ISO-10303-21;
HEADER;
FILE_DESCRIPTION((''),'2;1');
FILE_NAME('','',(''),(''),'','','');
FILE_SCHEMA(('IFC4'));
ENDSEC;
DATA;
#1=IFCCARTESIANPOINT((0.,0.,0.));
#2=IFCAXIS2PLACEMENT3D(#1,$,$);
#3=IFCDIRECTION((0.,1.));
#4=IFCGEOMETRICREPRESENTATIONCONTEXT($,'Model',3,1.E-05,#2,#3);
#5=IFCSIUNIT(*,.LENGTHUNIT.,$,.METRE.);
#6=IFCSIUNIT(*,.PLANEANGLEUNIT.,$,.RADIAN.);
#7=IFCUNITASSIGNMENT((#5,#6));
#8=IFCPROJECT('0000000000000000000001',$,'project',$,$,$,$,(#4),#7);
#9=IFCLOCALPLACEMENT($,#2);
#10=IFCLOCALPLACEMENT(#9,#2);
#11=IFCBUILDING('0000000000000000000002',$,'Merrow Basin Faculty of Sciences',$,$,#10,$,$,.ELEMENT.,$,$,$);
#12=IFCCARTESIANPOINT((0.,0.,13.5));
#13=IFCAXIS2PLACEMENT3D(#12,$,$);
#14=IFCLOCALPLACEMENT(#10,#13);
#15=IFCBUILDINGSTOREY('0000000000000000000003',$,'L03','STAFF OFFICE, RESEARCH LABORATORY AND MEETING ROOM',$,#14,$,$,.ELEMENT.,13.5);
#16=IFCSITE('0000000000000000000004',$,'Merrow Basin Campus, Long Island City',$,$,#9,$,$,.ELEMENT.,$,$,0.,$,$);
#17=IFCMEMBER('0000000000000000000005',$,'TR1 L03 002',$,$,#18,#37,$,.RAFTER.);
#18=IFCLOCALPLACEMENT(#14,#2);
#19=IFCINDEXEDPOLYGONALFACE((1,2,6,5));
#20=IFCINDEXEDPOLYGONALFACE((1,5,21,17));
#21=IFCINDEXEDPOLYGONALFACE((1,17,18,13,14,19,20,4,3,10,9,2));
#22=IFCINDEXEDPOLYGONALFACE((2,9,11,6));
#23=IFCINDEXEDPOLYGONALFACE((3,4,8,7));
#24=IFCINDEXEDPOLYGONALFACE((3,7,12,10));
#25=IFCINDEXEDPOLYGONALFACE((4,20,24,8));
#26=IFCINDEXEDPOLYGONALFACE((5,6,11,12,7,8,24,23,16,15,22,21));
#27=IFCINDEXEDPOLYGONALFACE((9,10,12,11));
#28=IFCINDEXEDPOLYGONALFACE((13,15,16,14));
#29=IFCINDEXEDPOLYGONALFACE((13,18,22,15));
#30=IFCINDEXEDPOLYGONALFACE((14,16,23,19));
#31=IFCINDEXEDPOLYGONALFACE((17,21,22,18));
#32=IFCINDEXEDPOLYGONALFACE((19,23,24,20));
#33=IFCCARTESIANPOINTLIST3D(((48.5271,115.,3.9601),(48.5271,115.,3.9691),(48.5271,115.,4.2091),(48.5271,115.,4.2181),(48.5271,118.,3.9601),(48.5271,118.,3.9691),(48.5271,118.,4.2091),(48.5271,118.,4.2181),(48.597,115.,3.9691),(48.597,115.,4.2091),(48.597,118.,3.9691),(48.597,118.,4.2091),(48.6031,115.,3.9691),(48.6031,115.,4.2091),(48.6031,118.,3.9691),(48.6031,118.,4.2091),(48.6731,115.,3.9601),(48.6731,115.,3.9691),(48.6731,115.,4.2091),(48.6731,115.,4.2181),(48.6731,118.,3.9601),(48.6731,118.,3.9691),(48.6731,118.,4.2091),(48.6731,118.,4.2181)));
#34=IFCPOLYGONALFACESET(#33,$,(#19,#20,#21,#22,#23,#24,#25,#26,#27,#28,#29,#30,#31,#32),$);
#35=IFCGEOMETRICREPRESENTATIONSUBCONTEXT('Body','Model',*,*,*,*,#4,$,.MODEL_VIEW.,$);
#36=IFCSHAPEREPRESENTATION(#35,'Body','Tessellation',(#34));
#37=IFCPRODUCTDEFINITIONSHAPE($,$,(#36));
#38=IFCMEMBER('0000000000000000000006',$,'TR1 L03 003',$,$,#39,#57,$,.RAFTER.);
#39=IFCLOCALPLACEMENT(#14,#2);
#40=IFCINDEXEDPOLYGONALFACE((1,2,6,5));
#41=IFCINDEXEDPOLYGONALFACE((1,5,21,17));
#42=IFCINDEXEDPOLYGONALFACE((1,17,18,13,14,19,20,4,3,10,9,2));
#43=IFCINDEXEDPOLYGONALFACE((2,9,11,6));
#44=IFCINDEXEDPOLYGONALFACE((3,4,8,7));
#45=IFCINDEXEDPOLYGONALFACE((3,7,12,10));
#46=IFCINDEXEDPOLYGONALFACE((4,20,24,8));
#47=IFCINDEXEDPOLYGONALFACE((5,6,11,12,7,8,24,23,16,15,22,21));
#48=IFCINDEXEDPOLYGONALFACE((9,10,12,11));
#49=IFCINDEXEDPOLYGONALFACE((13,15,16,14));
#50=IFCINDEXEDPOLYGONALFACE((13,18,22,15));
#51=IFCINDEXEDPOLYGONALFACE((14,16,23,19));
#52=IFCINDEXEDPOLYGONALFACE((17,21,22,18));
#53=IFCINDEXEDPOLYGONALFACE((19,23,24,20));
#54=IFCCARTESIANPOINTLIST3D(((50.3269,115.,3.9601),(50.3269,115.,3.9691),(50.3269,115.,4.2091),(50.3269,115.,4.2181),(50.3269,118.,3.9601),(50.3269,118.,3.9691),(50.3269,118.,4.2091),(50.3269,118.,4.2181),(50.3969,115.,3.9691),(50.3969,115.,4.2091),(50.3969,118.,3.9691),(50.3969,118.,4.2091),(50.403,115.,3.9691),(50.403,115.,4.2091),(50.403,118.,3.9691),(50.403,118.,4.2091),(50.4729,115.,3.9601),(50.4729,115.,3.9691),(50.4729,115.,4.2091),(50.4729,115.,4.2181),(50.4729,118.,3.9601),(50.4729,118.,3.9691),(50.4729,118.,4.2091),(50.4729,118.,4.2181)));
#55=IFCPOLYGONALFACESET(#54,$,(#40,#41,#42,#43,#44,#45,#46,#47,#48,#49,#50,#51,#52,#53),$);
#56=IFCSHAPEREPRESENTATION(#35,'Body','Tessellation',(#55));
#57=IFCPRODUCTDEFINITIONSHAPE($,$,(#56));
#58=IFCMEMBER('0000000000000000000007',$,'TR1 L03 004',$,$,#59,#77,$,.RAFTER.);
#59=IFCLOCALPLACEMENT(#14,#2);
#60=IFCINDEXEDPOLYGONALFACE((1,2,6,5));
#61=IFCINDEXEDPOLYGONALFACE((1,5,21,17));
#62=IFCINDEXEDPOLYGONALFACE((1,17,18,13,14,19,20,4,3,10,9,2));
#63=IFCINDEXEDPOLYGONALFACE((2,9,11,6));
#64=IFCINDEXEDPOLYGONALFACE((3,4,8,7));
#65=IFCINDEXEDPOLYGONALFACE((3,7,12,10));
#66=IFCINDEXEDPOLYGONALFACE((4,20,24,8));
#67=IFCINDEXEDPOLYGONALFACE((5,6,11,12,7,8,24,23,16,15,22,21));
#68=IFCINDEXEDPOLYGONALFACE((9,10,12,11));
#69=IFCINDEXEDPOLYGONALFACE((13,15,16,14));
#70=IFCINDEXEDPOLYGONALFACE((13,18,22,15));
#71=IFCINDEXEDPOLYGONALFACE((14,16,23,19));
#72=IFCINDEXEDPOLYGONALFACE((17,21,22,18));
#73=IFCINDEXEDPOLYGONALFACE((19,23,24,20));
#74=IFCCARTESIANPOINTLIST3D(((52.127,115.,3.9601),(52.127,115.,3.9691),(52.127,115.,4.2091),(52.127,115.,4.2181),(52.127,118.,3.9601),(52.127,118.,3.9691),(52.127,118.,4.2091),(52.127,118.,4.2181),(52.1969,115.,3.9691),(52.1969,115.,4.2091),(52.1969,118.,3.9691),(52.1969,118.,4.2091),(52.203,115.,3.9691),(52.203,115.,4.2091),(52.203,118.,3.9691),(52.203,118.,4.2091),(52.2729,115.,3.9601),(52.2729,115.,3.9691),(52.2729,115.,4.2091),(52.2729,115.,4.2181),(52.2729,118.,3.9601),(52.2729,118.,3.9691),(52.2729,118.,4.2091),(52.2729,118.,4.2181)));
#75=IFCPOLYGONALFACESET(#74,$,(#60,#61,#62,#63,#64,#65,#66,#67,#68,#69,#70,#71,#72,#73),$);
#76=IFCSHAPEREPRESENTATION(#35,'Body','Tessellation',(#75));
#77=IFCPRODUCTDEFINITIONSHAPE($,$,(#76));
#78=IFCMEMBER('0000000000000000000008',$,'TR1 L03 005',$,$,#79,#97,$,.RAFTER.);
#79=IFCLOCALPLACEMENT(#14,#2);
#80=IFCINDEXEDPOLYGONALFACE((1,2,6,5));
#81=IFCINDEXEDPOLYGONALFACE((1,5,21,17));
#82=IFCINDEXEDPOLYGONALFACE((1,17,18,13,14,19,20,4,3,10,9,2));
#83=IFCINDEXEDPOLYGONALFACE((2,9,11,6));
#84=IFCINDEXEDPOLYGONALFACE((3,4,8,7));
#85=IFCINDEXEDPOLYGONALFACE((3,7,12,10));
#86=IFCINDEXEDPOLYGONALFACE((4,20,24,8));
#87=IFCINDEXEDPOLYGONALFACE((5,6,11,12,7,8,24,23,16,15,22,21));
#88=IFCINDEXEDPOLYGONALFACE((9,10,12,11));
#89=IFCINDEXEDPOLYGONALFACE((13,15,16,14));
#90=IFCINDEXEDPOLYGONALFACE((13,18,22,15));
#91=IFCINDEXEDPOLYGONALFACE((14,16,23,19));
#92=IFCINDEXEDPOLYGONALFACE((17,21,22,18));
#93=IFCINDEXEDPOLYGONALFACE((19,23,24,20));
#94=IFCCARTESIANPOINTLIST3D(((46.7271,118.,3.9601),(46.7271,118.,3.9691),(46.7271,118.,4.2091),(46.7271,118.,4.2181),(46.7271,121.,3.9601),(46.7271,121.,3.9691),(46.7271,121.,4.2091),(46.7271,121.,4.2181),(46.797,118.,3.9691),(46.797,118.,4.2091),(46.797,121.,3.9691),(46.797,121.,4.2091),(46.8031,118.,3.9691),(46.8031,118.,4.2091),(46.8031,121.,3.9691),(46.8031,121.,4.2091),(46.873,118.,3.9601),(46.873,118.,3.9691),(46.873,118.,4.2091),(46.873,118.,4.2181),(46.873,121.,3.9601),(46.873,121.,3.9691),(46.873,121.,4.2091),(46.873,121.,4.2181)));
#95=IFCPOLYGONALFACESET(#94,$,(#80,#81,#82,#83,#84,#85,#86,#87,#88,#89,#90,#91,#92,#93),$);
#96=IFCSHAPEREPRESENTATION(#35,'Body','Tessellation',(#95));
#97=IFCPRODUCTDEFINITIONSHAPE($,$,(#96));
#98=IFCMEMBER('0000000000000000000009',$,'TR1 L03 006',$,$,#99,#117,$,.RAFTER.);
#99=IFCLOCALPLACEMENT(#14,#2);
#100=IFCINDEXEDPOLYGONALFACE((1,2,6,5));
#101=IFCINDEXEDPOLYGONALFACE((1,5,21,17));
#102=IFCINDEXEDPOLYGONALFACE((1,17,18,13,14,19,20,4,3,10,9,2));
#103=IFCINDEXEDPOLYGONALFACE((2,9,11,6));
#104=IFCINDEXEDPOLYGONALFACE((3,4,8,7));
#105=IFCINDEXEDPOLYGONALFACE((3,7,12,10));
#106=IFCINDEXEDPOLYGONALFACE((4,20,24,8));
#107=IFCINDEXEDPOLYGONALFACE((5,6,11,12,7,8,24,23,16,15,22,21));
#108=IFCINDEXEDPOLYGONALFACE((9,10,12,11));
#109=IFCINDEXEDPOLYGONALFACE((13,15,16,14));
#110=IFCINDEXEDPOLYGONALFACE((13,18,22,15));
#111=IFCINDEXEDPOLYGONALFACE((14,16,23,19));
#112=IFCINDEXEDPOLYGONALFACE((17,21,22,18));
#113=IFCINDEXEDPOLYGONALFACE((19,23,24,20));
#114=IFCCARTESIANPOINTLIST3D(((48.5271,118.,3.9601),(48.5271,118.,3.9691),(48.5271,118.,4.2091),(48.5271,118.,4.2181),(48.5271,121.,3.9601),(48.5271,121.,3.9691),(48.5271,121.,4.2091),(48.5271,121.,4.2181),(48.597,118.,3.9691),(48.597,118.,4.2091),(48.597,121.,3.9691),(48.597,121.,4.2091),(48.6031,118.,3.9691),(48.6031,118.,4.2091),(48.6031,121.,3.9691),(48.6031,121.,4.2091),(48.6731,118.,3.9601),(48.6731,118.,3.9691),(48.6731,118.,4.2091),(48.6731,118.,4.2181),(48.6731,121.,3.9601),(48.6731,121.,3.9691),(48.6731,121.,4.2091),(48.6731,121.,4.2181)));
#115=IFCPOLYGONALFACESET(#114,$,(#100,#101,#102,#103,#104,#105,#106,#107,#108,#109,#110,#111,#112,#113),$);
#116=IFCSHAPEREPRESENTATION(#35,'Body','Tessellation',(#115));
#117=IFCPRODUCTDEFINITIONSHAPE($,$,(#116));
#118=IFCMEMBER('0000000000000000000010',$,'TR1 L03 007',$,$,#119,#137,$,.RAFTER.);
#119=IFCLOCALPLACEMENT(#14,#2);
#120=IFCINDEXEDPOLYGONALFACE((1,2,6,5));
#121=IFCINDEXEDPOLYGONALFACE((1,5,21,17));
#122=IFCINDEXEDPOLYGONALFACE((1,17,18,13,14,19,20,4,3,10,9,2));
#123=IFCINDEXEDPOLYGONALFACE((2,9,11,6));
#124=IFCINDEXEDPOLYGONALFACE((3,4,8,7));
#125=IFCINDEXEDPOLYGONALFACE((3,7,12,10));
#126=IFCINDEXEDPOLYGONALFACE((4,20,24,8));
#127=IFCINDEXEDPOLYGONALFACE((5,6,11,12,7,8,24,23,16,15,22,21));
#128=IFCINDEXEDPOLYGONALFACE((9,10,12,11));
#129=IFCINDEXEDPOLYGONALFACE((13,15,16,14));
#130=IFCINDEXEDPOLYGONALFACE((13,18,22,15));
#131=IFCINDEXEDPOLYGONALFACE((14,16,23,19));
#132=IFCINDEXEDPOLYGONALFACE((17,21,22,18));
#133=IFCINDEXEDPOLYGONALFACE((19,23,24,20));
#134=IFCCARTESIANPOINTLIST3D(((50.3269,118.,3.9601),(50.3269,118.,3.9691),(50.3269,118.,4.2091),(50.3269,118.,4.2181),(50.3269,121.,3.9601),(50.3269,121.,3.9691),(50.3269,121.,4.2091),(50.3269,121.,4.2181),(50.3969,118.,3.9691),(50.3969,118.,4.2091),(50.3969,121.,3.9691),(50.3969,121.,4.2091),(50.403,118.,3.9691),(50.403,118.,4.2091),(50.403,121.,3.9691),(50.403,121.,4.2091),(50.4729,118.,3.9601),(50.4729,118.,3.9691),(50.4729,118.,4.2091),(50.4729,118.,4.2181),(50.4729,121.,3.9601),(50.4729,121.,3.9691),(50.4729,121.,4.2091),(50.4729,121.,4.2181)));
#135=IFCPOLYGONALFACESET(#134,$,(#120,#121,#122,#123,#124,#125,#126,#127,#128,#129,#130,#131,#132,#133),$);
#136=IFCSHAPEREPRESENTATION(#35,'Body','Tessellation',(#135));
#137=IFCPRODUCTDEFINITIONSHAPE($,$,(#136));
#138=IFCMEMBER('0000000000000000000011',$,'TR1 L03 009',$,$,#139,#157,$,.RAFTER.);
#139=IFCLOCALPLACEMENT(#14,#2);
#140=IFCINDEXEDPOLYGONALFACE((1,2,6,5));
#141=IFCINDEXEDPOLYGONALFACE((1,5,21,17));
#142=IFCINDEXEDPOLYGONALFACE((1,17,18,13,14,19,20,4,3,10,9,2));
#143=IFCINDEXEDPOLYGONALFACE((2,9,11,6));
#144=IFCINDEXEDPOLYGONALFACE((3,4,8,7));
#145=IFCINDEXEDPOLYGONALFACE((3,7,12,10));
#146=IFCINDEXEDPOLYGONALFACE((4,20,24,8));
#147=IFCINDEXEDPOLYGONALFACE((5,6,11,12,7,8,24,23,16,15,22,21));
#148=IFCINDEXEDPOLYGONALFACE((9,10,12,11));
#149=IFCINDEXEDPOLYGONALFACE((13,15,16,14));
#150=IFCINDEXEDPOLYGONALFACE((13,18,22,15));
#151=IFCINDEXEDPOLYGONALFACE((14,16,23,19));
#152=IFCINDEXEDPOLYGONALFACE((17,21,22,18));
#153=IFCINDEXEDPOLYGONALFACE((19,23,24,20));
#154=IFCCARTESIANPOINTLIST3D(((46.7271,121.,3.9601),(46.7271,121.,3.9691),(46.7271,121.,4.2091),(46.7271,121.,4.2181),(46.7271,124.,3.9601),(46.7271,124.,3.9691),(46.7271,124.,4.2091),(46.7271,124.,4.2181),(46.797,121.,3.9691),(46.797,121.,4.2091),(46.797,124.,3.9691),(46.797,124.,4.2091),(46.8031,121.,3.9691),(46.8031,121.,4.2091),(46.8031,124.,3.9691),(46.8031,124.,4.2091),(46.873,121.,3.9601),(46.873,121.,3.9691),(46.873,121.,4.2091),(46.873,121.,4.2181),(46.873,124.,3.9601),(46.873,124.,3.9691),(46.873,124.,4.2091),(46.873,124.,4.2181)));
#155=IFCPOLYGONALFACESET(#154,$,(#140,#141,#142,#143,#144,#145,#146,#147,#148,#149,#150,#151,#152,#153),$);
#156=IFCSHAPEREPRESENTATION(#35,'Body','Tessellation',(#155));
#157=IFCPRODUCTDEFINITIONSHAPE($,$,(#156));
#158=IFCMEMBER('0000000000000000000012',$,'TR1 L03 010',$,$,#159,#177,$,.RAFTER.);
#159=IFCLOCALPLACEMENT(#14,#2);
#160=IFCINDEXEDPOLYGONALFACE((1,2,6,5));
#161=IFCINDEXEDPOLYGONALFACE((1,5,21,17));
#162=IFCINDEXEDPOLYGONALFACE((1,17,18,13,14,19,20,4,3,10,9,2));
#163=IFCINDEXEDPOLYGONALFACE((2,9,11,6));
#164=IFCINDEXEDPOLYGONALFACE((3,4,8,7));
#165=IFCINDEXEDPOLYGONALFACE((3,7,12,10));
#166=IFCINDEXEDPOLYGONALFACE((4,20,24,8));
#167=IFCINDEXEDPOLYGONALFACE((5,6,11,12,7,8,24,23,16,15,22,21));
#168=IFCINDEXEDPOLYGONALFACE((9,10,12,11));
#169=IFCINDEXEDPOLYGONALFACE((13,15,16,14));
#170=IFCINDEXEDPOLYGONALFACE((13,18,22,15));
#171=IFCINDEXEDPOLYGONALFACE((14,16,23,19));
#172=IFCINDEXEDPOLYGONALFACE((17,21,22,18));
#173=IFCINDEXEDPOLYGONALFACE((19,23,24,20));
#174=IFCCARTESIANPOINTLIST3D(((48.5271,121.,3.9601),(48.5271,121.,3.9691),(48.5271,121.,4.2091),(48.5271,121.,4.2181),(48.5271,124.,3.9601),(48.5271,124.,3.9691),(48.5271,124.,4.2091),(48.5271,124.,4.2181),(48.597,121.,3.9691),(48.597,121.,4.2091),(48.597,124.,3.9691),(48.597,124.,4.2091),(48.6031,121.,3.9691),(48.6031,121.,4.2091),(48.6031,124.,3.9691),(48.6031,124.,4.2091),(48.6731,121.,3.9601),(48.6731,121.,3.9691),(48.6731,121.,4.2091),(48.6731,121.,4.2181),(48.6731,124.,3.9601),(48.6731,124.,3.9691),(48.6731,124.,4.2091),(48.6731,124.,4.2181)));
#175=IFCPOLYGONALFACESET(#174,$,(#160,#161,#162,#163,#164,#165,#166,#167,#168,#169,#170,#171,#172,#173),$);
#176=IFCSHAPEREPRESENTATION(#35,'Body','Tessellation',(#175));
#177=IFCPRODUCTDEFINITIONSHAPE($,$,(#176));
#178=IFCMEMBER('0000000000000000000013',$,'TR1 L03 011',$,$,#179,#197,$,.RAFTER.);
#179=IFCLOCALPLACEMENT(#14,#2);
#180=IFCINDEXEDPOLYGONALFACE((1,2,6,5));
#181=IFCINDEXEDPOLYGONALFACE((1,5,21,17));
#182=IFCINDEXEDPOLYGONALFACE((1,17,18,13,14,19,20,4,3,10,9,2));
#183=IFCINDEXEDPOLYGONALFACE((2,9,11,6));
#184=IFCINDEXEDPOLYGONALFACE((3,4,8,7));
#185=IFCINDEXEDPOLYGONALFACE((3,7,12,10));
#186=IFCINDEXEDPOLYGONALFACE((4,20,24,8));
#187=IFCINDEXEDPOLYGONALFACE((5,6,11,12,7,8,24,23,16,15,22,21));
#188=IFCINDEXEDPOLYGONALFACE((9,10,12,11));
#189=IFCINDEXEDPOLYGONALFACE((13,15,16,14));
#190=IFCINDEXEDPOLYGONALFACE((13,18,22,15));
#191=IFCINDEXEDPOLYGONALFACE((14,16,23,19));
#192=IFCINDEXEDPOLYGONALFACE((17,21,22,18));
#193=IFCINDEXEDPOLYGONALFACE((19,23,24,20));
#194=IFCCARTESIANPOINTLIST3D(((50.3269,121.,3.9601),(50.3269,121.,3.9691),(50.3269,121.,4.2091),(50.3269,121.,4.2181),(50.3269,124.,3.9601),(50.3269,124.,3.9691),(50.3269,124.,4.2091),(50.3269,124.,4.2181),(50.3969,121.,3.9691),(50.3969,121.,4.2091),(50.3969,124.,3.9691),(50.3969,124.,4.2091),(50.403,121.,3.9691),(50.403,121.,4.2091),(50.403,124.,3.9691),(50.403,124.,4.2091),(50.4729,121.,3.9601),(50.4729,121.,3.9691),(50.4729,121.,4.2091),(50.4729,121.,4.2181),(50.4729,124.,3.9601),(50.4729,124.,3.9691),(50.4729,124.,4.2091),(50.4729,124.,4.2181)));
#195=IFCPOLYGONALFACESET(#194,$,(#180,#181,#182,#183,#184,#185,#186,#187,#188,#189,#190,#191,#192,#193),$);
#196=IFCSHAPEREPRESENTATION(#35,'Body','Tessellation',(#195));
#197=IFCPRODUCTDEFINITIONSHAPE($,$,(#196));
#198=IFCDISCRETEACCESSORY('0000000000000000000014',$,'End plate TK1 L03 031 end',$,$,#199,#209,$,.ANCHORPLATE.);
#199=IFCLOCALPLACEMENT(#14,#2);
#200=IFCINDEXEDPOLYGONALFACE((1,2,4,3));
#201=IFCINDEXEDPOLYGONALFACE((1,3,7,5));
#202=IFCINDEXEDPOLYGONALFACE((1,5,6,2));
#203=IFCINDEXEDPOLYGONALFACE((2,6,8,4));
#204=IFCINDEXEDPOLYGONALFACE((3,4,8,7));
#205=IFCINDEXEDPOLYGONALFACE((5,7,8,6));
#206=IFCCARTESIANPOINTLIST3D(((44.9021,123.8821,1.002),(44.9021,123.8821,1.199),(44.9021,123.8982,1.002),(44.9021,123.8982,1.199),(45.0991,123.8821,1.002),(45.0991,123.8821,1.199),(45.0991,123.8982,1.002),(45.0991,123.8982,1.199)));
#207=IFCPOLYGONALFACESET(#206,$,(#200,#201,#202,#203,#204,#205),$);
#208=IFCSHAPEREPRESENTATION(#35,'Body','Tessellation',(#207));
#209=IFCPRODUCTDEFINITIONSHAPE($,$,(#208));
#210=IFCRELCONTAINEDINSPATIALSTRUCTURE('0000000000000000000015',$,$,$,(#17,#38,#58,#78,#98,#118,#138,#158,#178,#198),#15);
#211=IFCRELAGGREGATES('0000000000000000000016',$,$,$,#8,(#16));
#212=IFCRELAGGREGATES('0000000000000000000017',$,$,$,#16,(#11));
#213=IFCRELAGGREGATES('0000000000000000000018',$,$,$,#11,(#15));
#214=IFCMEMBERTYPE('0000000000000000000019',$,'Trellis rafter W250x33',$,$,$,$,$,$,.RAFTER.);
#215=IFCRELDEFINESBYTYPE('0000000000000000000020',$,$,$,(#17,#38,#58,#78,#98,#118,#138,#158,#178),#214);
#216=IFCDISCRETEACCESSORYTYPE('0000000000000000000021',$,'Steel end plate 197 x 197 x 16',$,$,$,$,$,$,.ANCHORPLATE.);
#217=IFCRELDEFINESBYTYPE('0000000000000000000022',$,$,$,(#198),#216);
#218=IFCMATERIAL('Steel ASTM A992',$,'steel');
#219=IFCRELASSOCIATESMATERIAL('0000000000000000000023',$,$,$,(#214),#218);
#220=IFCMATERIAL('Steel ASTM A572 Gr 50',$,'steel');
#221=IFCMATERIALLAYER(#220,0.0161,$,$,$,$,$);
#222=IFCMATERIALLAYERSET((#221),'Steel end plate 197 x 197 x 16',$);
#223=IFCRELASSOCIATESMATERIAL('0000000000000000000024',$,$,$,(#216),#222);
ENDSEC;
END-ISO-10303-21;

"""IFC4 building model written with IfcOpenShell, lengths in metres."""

from ifc_helpers import new_model, si_unit, direction, frame, origin, origin_2d, place, context, subcontext, project, spatial, polyline, i_section, outline, extrude, source, transform, mapped, material, layer, layer_set, material_profile, profile_set, type_object, element, save


model = new_model("IFC4")

# Units and contexts
model_context = context("Model", 3, precision=1e-05, world=origin(), true_north=direction((0.0, 1.0)))
body_context = subcontext(model_context, "Body", "Model", "MODEL_VIEW")
ifc_project = project(units=[si_unit("LENGTHUNIT", "METRE"), si_unit("PLANEANGLEUNIT", "RADIAN")], contexts=[model_context])

# Site, building, storey
site_placement = place(None, origin())
site = spatial("IfcSite", under=ifc_project, at=site_placement, Name="Merrow Basin Campus, Long Island City", CompositionType="ELEMENT", RefElevation=0.0)
building_placement = place(site_placement, origin())
building = spatial("IfcBuilding", under=site, at=building_placement, Name="Merrow Basin Faculty of Sciences", CompositionType="ELEMENT")
storey_placement = place(building_placement, frame((0.0, 0.0, 13.5)))
storey = spatial("IfcBuildingStorey", under=building, at=storey_placement, Name="L03", Description="STAFF OFFICE, RESEARCH LABORATORY AND MEETING ROOM", CompositionType="ELEMENT", Elevation=13.5)

# Members
ifc_material_1 = material(Name="Steel ASTM A992", Category="steel")
ifc_material_profile_1 = material_profile(ifc_material_1, i_section(OverallWidth=0.146, OverallDepth=0.2581, WebThickness=0.0061, FlangeThickness=0.009, at=origin_2d()))
ifc_profile_set_1 = profile_set([ifc_material_profile_1], Name="Steel ASTM A992")
member_type_1 = type_object("IfcMemberType", Name="Trellis rafter W250x33", PredefinedType="RAFTER", material=ifc_profile_set_1)
for number, where, z_axis, x_axis, name in (
    (1, (48.6001, 115.0, 4.0891), (0.0, 1.0, 0.0), (-1.0, 0.0, 0.0), "TR1 L03 002"),
    (2, (50.3999, 115.0, 4.0891), (0.0, 1.0, 0.0), (-1.0, 0.0, 0.0), "TR1 L03 003"),
    (3, (52.2, 115.0, 4.0891), (0.0, 1.0, 0.0), (-1.0, 0.0, 0.0), "TR1 L03 004"),
    (4, (46.8, 118.0, 4.0891), (0.0, 1.0, 0.0), (-1.0, 0.0, 0.0), "TR1 L03 005"),
    (5, (48.6001, 118.0, 4.0891), (0.0, 1.0, 0.0), (-1.0, 0.0, 0.0), "TR1 L03 006"),
    (6, (50.3999, 118.0, 4.0891), (0.0, 1.0, 0.0), (-1.0, 0.0, 0.0), "TR1 L03 007"),
    (7, (46.8, 121.0, 4.0891), (0.0, 1.0, 0.0), (-1.0, 0.0, 0.0), "TR1 L03 009"),
    (8, (48.6001, 121.0, 4.0891), (0.0, 1.0, 0.0), (-1.0, 0.0, 0.0), "TR1 L03 010"),
    (9, (50.3999, 121.0, 4.0891), (0.0, 1.0, 0.0), (-1.0, 0.0, 0.0), "TR1 L03 011"),
):
    element("IfcMember", number, at=place(storey_placement, frame(where, z_axis=z_axis, x_axis=x_axis)), inside=storey, type_object=member_type_1, Name=name, PredefinedType="RAFTER", context=body_context, shape_type="SweptSolid", body=[
        extrude(i_section(OverallWidth=0.146, OverallDepth=0.2581, WebThickness=0.0061, FlangeThickness=0.009, at=origin_2d()), origin(), (0.0, 0.0, 1.0), 3.0),
    ])

# Discrete accessory
ifc_material_2 = material(Name="Steel ASTM A572 Gr 50", Category="steel")
ifc_layer_1 = layer(ifc_material_2, 0.0161)
ifc_layer_set_1 = layer_set([ifc_layer_1], Name="Steel end plate 197 x 197 x 16")
discrete_accessory_type_1 = type_object("IfcDiscreteAccessoryType", Name="Steel end plate 197 x 197 x 16", PredefinedType="ANCHORPLATE", material=ifc_layer_set_1)
shared_shape_1 = source(origin(), body_context, "Body", "SweptSolid", [
    extrude(outline(polyline([(0.0, 0.0), (0.197, 0.0), (0.197, 0.197), (0.0, 0.197), (0.0, 0.0)])), origin(), (0.0, 0.0, 1.0), 0.0161),
])
discrete_accessory_1_placement = place(storey_placement, frame((45.0991, 123.8821, 1.002), z_axis=(0.0, 1.0, 0.0), x_axis=(-1.0, 0.0, 0.0)))
element("IfcDiscreteAccessory", 10, at=discrete_accessory_1_placement, inside=storey, type_object=discrete_accessory_type_1, Name="End plate TK1 L03 031 end", PredefinedType="ANCHORPLATE", context=body_context, shape_type="MappedRepresentation", body=[
    mapped(shared_shape_1, transform((0.0, 0.0, 0.0), scale=1.0)),
])

save(model, "model.ifc")
